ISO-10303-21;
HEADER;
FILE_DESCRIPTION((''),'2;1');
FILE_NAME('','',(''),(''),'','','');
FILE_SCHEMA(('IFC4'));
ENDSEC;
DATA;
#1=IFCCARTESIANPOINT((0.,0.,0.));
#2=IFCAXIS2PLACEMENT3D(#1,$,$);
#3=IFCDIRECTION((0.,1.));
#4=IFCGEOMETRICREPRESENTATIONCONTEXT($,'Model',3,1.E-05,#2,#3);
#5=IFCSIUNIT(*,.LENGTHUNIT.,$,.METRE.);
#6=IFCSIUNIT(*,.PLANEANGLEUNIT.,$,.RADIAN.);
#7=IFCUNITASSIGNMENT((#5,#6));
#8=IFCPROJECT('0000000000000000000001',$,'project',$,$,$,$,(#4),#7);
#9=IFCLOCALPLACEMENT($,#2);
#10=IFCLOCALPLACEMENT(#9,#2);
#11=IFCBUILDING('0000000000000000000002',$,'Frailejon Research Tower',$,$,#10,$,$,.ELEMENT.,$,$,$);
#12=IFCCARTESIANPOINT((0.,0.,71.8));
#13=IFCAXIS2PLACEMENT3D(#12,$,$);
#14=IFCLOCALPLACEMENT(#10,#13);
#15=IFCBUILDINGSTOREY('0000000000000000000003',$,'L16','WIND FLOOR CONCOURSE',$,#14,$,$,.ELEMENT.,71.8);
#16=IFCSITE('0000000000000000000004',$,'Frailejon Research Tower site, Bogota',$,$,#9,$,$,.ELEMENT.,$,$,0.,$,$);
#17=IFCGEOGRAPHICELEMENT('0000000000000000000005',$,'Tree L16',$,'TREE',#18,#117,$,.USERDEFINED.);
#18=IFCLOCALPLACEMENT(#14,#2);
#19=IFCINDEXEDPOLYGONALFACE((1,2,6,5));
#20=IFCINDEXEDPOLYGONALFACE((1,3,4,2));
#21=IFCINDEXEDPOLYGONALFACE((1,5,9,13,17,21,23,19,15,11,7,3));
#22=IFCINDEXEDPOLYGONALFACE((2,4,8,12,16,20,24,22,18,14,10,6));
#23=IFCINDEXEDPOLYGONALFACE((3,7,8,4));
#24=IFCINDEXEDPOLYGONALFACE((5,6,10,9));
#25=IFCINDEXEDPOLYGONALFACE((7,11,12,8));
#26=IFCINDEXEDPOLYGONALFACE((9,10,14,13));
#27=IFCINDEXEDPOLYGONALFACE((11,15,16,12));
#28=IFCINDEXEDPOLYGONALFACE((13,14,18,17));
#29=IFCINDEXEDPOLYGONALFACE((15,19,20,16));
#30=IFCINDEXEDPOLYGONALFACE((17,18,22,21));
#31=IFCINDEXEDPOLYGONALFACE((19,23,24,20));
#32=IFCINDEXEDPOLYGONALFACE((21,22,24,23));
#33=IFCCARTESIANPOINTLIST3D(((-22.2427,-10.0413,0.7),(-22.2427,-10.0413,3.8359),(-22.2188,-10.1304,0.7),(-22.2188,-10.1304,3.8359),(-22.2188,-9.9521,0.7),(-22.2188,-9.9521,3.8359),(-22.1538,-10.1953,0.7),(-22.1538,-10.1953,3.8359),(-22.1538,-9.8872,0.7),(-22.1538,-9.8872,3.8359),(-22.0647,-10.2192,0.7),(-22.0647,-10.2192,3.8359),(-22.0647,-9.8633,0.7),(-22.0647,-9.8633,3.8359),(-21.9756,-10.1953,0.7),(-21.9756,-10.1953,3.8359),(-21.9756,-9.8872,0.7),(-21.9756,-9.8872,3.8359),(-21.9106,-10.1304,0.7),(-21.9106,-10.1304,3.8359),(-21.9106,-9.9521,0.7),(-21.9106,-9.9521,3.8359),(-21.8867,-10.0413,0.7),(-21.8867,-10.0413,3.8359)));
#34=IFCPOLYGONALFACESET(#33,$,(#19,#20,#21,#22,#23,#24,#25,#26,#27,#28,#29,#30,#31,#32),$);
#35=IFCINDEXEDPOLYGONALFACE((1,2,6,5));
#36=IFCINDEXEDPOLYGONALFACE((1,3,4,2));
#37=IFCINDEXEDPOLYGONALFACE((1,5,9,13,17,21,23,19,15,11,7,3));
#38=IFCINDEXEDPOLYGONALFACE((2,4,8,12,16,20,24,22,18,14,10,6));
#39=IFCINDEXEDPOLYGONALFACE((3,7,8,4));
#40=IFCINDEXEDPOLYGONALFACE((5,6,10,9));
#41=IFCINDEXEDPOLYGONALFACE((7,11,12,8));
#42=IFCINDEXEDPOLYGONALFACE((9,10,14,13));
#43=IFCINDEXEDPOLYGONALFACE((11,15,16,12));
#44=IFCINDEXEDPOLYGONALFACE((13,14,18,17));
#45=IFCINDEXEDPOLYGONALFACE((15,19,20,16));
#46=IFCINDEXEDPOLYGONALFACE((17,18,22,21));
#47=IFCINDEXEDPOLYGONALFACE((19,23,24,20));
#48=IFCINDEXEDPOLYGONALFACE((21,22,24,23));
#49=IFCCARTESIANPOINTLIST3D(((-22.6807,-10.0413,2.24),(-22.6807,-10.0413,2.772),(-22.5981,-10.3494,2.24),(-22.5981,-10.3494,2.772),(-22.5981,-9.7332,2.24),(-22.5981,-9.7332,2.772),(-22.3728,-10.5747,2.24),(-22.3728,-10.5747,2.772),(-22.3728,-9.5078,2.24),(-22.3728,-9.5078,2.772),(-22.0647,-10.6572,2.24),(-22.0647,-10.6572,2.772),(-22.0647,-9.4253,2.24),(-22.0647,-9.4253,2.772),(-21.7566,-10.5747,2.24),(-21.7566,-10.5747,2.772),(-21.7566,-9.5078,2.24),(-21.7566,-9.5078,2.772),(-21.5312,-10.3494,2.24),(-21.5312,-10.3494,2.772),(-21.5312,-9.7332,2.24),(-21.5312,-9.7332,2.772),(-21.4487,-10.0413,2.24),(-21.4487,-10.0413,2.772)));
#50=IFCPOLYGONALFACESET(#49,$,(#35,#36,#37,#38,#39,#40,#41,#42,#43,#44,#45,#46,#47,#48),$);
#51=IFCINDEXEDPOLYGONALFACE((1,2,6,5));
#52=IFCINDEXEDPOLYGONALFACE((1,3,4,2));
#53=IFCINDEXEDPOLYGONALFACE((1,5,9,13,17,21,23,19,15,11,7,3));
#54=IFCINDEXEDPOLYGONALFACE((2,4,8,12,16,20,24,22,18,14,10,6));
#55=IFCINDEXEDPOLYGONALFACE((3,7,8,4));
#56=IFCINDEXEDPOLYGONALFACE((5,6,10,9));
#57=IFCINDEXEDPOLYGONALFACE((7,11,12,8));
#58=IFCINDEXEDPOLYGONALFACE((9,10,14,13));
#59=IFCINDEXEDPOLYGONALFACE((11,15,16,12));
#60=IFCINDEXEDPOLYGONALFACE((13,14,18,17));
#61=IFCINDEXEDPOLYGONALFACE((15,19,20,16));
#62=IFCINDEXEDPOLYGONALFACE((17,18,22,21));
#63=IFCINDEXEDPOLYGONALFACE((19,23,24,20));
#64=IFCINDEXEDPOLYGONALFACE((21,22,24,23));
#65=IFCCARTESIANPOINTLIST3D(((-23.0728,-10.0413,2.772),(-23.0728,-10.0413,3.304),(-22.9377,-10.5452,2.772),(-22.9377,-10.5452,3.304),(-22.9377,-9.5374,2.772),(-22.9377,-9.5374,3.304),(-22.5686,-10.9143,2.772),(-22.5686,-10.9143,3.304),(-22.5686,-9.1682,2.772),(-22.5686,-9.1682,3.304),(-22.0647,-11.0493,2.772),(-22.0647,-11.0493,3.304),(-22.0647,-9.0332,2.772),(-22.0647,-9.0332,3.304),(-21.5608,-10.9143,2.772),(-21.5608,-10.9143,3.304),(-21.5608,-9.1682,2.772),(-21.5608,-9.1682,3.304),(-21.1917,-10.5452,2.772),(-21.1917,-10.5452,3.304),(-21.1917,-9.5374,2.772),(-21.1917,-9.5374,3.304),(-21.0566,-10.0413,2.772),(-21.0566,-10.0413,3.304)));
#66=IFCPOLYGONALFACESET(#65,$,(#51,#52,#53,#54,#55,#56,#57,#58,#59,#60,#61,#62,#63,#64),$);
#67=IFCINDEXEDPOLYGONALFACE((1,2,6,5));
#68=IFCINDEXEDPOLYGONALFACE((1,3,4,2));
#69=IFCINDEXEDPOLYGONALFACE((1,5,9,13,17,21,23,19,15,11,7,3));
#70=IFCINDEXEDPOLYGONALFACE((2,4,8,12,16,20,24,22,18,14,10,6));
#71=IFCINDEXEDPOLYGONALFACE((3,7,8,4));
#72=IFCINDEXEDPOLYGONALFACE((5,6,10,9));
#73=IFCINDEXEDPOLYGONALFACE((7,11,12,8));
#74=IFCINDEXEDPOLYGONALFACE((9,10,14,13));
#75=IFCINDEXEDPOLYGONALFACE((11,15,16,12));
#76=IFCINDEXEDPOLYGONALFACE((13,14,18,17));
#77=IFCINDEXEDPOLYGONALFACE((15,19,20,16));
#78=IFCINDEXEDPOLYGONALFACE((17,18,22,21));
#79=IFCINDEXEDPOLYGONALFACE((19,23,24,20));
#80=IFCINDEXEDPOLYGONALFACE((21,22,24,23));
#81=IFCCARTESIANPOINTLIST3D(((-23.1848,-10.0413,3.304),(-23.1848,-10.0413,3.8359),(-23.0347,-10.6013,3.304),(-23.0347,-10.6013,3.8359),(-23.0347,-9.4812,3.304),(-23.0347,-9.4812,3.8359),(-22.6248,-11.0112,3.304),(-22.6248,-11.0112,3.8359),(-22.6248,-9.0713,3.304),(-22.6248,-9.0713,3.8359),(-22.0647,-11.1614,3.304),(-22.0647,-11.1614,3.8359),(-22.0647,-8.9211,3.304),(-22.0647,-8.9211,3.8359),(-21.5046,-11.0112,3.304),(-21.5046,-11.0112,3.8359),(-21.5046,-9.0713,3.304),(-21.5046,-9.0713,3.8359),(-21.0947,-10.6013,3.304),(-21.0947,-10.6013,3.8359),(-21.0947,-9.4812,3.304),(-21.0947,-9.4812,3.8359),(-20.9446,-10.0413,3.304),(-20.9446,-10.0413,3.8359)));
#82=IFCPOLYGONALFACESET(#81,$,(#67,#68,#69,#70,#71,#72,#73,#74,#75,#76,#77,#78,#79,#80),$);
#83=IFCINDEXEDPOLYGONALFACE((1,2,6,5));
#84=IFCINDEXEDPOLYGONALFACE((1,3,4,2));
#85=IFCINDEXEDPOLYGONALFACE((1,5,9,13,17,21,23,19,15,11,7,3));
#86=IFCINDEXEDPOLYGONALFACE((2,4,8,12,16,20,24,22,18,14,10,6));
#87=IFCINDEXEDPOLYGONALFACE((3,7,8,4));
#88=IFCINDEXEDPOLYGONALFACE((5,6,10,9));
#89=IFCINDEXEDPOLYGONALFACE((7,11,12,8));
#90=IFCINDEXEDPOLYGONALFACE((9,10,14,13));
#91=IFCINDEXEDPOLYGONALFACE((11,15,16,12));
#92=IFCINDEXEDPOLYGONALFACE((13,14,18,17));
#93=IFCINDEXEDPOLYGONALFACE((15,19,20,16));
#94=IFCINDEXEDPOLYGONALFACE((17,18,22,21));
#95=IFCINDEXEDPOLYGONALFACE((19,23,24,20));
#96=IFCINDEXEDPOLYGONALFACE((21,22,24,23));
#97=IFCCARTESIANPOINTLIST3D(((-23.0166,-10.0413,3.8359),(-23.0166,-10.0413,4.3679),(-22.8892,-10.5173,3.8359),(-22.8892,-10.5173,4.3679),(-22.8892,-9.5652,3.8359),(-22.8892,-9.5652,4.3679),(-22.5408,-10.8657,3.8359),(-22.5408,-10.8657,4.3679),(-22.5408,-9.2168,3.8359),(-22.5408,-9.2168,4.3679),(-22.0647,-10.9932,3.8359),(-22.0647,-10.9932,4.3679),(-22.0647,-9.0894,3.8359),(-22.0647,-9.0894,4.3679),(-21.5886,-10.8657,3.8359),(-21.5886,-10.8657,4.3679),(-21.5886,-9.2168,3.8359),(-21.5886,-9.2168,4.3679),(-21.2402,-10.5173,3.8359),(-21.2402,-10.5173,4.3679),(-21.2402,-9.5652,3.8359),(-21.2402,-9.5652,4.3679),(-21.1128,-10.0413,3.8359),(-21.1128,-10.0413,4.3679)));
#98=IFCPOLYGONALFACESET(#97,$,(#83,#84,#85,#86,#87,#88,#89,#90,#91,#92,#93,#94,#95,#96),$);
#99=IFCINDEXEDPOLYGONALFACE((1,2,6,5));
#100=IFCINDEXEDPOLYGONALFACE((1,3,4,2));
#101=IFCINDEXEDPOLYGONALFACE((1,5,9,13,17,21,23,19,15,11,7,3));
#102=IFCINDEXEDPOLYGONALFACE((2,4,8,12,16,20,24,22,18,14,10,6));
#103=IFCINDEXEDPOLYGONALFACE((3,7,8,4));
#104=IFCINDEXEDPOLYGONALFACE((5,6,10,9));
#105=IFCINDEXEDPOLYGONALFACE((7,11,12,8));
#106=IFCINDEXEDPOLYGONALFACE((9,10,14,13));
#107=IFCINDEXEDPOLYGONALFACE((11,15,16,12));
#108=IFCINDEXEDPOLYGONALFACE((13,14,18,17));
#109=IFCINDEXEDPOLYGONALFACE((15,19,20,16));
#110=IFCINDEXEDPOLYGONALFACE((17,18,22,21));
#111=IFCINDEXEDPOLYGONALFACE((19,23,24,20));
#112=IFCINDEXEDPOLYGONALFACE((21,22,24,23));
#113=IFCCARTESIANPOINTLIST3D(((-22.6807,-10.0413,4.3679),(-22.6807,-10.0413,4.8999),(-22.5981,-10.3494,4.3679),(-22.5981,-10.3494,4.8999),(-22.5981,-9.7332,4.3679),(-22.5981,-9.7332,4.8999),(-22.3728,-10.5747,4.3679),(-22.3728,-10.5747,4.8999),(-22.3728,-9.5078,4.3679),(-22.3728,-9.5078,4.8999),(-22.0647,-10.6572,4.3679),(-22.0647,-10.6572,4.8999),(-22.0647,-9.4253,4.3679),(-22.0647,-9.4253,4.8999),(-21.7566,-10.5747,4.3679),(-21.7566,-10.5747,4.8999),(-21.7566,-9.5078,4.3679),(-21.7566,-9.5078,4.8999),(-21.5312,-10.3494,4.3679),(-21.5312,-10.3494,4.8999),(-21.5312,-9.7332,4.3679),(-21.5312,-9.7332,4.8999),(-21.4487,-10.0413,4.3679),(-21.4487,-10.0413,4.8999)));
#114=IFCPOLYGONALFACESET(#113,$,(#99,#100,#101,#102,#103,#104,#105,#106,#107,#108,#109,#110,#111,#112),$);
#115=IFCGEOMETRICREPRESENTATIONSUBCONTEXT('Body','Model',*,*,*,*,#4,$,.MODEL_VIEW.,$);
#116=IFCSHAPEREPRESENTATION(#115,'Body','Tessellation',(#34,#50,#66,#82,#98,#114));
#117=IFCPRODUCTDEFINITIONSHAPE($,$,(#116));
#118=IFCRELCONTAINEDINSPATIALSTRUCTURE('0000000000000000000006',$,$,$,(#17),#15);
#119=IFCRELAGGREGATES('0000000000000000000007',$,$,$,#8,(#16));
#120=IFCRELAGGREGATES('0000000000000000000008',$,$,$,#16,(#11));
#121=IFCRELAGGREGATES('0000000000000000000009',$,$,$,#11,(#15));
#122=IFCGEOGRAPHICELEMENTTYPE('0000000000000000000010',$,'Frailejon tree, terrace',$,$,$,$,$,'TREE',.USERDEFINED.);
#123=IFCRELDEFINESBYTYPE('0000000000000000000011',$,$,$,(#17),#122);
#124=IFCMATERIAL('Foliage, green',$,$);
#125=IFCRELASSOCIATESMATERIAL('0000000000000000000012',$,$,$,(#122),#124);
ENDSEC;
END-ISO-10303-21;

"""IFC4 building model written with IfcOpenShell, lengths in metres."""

from ifc_helpers import new_model, si_unit, direction, frame, origin, place, context, subcontext, project, spatial, polyline, outline, extrude, material, type_object, element, save


model = new_model("IFC4")

# Units and contexts
model_context = context("Model", 3, precision=1e-05, world=origin(), true_north=direction((0.0, 1.0)))
body_context = subcontext(model_context, "Body", "Model", "MODEL_VIEW")
ifc_project = project(units=[si_unit("LENGTHUNIT", "METRE"), si_unit("PLANEANGLEUNIT", "RADIAN")], contexts=[model_context])

# Site, building, storey
site_placement = place(None, origin())
site = spatial("IfcSite", under=ifc_project, at=site_placement, Name="Frailejon Research Tower site, Bogota", CompositionType="ELEMENT", RefElevation=0.0)
building_placement = place(site_placement, origin())
building = spatial("IfcBuilding", under=site, at=building_placement, Name="Frailejon Research Tower", CompositionType="ELEMENT")
storey_placement = place(building_placement, frame((0.0, 0.0, 71.8)))
storey = spatial("IfcBuildingStorey", under=building, at=storey_placement, Name="L16", Description="WIND FLOOR CONCOURSE", CompositionType="ELEMENT", Elevation=71.8)

# Geographic element
ifc_material_1 = material(Name="Foliage, green")
geographic_element_type = type_object("IfcGeographicElementType", Name="Frailejon tree, terrace", ElementType="TREE", PredefinedType="USERDEFINED", material=ifc_material_1)
geographic_element_1_placement = place(storey_placement, frame((-22.0647, -10.0413, 0.7)))
element("IfcGeographicElement", 1, at=geographic_element_1_placement, inside=storey, type_object=geographic_element_type, Name="Tree L16", ObjectType="TREE", PredefinedType="USERDEFINED", context=body_context, shape_type="SweptSolid", body=[
    extrude(outline(polyline([(0.178, 0.0), (0.1541, 0.0891), (0.0891, 0.1541), (0.0, 0.178), (-0.0891, 0.1541), (-0.1541, 0.0891), (-0.178, 0.0), (-0.1541, -0.0891), (-0.0891, -0.1541), (0.0, -0.178), (0.0891, -0.1541), (0.1541, -0.0891), (0.178, 0.0)])), origin(), (0.0, 0.0, 1.0), 3.136),
    extrude(outline(polyline([(0.616, 0.0), (0.5334, 0.3081), (0.3081, 0.5334), (0.0, 0.616), (-0.3081, 0.5334), (-0.5334, 0.3081), (-0.616, 0.0), (-0.5334, -0.3081), (-0.3081, -0.5334), (0.0, -0.616), (0.3081, -0.5334), (0.5334, -0.3081), (0.616, 0.0)])), frame((0.0, 0.0, 1.54)), (0.0, 0.0, 1.0), 0.532),
    extrude(outline(polyline([(1.0081, 0.0), (0.873, 0.5039), (0.5039, 0.873), (0.0, 1.0081), (-0.5039, 0.873), (-0.873, 0.5039), (-1.0081, 0.0), (-0.873, -0.5039), (-0.5039, -0.873), (0.0, -1.0081), (0.5039, -0.873), (0.873, -0.5039), (1.0081, 0.0)])), frame((0.0, 0.0, 2.072)), (0.0, 0.0, 1.0), 0.532),
    extrude(outline(polyline([(1.1201, 0.0), (0.97, 0.5601), (0.5601, 0.97), (0.0, 1.1201), (-0.5601, 0.97), (-0.97, 0.5601), (-1.1201, 0.0), (-0.97, -0.5601), (-0.5601, -0.97), (0.0, -1.1201), (0.5601, -0.97), (0.97, -0.5601), (1.1201, 0.0)])), frame((0.0, 0.0, 2.604)), (0.0, 0.0, 1.0), 0.532),
    extrude(outline(polyline([(0.9519, 0.0), (0.8245, 0.4761), (0.4761, 0.8245), (0.0, 0.9519), (-0.4761, 0.8245), (-0.8245, 0.4761), (-0.9519, 0.0), (-0.8245, -0.4761), (-0.4761, -0.8245), (0.0, -0.9519), (0.4761, -0.8245), (0.8245, -0.4761), (0.9519, 0.0)])), frame((0.0, 0.0, 3.136)), (0.0, 0.0, 1.0), 0.532),
    extrude(outline(polyline([(0.616, 0.0), (0.5334, 0.3081), (0.3081, 0.5334), (0.0, 0.616), (-0.3081, 0.5334), (-0.5334, 0.3081), (-0.616, 0.0), (-0.5334, -0.3081), (-0.3081, -0.5334), (0.0, -0.616), (0.3081, -0.5334), (0.5334, -0.3081), (0.616, 0.0)])), frame((0.0, 0.0, 3.668)), (0.0, 0.0, 1.0), 0.532),
])

save(model, "model.ifc")
